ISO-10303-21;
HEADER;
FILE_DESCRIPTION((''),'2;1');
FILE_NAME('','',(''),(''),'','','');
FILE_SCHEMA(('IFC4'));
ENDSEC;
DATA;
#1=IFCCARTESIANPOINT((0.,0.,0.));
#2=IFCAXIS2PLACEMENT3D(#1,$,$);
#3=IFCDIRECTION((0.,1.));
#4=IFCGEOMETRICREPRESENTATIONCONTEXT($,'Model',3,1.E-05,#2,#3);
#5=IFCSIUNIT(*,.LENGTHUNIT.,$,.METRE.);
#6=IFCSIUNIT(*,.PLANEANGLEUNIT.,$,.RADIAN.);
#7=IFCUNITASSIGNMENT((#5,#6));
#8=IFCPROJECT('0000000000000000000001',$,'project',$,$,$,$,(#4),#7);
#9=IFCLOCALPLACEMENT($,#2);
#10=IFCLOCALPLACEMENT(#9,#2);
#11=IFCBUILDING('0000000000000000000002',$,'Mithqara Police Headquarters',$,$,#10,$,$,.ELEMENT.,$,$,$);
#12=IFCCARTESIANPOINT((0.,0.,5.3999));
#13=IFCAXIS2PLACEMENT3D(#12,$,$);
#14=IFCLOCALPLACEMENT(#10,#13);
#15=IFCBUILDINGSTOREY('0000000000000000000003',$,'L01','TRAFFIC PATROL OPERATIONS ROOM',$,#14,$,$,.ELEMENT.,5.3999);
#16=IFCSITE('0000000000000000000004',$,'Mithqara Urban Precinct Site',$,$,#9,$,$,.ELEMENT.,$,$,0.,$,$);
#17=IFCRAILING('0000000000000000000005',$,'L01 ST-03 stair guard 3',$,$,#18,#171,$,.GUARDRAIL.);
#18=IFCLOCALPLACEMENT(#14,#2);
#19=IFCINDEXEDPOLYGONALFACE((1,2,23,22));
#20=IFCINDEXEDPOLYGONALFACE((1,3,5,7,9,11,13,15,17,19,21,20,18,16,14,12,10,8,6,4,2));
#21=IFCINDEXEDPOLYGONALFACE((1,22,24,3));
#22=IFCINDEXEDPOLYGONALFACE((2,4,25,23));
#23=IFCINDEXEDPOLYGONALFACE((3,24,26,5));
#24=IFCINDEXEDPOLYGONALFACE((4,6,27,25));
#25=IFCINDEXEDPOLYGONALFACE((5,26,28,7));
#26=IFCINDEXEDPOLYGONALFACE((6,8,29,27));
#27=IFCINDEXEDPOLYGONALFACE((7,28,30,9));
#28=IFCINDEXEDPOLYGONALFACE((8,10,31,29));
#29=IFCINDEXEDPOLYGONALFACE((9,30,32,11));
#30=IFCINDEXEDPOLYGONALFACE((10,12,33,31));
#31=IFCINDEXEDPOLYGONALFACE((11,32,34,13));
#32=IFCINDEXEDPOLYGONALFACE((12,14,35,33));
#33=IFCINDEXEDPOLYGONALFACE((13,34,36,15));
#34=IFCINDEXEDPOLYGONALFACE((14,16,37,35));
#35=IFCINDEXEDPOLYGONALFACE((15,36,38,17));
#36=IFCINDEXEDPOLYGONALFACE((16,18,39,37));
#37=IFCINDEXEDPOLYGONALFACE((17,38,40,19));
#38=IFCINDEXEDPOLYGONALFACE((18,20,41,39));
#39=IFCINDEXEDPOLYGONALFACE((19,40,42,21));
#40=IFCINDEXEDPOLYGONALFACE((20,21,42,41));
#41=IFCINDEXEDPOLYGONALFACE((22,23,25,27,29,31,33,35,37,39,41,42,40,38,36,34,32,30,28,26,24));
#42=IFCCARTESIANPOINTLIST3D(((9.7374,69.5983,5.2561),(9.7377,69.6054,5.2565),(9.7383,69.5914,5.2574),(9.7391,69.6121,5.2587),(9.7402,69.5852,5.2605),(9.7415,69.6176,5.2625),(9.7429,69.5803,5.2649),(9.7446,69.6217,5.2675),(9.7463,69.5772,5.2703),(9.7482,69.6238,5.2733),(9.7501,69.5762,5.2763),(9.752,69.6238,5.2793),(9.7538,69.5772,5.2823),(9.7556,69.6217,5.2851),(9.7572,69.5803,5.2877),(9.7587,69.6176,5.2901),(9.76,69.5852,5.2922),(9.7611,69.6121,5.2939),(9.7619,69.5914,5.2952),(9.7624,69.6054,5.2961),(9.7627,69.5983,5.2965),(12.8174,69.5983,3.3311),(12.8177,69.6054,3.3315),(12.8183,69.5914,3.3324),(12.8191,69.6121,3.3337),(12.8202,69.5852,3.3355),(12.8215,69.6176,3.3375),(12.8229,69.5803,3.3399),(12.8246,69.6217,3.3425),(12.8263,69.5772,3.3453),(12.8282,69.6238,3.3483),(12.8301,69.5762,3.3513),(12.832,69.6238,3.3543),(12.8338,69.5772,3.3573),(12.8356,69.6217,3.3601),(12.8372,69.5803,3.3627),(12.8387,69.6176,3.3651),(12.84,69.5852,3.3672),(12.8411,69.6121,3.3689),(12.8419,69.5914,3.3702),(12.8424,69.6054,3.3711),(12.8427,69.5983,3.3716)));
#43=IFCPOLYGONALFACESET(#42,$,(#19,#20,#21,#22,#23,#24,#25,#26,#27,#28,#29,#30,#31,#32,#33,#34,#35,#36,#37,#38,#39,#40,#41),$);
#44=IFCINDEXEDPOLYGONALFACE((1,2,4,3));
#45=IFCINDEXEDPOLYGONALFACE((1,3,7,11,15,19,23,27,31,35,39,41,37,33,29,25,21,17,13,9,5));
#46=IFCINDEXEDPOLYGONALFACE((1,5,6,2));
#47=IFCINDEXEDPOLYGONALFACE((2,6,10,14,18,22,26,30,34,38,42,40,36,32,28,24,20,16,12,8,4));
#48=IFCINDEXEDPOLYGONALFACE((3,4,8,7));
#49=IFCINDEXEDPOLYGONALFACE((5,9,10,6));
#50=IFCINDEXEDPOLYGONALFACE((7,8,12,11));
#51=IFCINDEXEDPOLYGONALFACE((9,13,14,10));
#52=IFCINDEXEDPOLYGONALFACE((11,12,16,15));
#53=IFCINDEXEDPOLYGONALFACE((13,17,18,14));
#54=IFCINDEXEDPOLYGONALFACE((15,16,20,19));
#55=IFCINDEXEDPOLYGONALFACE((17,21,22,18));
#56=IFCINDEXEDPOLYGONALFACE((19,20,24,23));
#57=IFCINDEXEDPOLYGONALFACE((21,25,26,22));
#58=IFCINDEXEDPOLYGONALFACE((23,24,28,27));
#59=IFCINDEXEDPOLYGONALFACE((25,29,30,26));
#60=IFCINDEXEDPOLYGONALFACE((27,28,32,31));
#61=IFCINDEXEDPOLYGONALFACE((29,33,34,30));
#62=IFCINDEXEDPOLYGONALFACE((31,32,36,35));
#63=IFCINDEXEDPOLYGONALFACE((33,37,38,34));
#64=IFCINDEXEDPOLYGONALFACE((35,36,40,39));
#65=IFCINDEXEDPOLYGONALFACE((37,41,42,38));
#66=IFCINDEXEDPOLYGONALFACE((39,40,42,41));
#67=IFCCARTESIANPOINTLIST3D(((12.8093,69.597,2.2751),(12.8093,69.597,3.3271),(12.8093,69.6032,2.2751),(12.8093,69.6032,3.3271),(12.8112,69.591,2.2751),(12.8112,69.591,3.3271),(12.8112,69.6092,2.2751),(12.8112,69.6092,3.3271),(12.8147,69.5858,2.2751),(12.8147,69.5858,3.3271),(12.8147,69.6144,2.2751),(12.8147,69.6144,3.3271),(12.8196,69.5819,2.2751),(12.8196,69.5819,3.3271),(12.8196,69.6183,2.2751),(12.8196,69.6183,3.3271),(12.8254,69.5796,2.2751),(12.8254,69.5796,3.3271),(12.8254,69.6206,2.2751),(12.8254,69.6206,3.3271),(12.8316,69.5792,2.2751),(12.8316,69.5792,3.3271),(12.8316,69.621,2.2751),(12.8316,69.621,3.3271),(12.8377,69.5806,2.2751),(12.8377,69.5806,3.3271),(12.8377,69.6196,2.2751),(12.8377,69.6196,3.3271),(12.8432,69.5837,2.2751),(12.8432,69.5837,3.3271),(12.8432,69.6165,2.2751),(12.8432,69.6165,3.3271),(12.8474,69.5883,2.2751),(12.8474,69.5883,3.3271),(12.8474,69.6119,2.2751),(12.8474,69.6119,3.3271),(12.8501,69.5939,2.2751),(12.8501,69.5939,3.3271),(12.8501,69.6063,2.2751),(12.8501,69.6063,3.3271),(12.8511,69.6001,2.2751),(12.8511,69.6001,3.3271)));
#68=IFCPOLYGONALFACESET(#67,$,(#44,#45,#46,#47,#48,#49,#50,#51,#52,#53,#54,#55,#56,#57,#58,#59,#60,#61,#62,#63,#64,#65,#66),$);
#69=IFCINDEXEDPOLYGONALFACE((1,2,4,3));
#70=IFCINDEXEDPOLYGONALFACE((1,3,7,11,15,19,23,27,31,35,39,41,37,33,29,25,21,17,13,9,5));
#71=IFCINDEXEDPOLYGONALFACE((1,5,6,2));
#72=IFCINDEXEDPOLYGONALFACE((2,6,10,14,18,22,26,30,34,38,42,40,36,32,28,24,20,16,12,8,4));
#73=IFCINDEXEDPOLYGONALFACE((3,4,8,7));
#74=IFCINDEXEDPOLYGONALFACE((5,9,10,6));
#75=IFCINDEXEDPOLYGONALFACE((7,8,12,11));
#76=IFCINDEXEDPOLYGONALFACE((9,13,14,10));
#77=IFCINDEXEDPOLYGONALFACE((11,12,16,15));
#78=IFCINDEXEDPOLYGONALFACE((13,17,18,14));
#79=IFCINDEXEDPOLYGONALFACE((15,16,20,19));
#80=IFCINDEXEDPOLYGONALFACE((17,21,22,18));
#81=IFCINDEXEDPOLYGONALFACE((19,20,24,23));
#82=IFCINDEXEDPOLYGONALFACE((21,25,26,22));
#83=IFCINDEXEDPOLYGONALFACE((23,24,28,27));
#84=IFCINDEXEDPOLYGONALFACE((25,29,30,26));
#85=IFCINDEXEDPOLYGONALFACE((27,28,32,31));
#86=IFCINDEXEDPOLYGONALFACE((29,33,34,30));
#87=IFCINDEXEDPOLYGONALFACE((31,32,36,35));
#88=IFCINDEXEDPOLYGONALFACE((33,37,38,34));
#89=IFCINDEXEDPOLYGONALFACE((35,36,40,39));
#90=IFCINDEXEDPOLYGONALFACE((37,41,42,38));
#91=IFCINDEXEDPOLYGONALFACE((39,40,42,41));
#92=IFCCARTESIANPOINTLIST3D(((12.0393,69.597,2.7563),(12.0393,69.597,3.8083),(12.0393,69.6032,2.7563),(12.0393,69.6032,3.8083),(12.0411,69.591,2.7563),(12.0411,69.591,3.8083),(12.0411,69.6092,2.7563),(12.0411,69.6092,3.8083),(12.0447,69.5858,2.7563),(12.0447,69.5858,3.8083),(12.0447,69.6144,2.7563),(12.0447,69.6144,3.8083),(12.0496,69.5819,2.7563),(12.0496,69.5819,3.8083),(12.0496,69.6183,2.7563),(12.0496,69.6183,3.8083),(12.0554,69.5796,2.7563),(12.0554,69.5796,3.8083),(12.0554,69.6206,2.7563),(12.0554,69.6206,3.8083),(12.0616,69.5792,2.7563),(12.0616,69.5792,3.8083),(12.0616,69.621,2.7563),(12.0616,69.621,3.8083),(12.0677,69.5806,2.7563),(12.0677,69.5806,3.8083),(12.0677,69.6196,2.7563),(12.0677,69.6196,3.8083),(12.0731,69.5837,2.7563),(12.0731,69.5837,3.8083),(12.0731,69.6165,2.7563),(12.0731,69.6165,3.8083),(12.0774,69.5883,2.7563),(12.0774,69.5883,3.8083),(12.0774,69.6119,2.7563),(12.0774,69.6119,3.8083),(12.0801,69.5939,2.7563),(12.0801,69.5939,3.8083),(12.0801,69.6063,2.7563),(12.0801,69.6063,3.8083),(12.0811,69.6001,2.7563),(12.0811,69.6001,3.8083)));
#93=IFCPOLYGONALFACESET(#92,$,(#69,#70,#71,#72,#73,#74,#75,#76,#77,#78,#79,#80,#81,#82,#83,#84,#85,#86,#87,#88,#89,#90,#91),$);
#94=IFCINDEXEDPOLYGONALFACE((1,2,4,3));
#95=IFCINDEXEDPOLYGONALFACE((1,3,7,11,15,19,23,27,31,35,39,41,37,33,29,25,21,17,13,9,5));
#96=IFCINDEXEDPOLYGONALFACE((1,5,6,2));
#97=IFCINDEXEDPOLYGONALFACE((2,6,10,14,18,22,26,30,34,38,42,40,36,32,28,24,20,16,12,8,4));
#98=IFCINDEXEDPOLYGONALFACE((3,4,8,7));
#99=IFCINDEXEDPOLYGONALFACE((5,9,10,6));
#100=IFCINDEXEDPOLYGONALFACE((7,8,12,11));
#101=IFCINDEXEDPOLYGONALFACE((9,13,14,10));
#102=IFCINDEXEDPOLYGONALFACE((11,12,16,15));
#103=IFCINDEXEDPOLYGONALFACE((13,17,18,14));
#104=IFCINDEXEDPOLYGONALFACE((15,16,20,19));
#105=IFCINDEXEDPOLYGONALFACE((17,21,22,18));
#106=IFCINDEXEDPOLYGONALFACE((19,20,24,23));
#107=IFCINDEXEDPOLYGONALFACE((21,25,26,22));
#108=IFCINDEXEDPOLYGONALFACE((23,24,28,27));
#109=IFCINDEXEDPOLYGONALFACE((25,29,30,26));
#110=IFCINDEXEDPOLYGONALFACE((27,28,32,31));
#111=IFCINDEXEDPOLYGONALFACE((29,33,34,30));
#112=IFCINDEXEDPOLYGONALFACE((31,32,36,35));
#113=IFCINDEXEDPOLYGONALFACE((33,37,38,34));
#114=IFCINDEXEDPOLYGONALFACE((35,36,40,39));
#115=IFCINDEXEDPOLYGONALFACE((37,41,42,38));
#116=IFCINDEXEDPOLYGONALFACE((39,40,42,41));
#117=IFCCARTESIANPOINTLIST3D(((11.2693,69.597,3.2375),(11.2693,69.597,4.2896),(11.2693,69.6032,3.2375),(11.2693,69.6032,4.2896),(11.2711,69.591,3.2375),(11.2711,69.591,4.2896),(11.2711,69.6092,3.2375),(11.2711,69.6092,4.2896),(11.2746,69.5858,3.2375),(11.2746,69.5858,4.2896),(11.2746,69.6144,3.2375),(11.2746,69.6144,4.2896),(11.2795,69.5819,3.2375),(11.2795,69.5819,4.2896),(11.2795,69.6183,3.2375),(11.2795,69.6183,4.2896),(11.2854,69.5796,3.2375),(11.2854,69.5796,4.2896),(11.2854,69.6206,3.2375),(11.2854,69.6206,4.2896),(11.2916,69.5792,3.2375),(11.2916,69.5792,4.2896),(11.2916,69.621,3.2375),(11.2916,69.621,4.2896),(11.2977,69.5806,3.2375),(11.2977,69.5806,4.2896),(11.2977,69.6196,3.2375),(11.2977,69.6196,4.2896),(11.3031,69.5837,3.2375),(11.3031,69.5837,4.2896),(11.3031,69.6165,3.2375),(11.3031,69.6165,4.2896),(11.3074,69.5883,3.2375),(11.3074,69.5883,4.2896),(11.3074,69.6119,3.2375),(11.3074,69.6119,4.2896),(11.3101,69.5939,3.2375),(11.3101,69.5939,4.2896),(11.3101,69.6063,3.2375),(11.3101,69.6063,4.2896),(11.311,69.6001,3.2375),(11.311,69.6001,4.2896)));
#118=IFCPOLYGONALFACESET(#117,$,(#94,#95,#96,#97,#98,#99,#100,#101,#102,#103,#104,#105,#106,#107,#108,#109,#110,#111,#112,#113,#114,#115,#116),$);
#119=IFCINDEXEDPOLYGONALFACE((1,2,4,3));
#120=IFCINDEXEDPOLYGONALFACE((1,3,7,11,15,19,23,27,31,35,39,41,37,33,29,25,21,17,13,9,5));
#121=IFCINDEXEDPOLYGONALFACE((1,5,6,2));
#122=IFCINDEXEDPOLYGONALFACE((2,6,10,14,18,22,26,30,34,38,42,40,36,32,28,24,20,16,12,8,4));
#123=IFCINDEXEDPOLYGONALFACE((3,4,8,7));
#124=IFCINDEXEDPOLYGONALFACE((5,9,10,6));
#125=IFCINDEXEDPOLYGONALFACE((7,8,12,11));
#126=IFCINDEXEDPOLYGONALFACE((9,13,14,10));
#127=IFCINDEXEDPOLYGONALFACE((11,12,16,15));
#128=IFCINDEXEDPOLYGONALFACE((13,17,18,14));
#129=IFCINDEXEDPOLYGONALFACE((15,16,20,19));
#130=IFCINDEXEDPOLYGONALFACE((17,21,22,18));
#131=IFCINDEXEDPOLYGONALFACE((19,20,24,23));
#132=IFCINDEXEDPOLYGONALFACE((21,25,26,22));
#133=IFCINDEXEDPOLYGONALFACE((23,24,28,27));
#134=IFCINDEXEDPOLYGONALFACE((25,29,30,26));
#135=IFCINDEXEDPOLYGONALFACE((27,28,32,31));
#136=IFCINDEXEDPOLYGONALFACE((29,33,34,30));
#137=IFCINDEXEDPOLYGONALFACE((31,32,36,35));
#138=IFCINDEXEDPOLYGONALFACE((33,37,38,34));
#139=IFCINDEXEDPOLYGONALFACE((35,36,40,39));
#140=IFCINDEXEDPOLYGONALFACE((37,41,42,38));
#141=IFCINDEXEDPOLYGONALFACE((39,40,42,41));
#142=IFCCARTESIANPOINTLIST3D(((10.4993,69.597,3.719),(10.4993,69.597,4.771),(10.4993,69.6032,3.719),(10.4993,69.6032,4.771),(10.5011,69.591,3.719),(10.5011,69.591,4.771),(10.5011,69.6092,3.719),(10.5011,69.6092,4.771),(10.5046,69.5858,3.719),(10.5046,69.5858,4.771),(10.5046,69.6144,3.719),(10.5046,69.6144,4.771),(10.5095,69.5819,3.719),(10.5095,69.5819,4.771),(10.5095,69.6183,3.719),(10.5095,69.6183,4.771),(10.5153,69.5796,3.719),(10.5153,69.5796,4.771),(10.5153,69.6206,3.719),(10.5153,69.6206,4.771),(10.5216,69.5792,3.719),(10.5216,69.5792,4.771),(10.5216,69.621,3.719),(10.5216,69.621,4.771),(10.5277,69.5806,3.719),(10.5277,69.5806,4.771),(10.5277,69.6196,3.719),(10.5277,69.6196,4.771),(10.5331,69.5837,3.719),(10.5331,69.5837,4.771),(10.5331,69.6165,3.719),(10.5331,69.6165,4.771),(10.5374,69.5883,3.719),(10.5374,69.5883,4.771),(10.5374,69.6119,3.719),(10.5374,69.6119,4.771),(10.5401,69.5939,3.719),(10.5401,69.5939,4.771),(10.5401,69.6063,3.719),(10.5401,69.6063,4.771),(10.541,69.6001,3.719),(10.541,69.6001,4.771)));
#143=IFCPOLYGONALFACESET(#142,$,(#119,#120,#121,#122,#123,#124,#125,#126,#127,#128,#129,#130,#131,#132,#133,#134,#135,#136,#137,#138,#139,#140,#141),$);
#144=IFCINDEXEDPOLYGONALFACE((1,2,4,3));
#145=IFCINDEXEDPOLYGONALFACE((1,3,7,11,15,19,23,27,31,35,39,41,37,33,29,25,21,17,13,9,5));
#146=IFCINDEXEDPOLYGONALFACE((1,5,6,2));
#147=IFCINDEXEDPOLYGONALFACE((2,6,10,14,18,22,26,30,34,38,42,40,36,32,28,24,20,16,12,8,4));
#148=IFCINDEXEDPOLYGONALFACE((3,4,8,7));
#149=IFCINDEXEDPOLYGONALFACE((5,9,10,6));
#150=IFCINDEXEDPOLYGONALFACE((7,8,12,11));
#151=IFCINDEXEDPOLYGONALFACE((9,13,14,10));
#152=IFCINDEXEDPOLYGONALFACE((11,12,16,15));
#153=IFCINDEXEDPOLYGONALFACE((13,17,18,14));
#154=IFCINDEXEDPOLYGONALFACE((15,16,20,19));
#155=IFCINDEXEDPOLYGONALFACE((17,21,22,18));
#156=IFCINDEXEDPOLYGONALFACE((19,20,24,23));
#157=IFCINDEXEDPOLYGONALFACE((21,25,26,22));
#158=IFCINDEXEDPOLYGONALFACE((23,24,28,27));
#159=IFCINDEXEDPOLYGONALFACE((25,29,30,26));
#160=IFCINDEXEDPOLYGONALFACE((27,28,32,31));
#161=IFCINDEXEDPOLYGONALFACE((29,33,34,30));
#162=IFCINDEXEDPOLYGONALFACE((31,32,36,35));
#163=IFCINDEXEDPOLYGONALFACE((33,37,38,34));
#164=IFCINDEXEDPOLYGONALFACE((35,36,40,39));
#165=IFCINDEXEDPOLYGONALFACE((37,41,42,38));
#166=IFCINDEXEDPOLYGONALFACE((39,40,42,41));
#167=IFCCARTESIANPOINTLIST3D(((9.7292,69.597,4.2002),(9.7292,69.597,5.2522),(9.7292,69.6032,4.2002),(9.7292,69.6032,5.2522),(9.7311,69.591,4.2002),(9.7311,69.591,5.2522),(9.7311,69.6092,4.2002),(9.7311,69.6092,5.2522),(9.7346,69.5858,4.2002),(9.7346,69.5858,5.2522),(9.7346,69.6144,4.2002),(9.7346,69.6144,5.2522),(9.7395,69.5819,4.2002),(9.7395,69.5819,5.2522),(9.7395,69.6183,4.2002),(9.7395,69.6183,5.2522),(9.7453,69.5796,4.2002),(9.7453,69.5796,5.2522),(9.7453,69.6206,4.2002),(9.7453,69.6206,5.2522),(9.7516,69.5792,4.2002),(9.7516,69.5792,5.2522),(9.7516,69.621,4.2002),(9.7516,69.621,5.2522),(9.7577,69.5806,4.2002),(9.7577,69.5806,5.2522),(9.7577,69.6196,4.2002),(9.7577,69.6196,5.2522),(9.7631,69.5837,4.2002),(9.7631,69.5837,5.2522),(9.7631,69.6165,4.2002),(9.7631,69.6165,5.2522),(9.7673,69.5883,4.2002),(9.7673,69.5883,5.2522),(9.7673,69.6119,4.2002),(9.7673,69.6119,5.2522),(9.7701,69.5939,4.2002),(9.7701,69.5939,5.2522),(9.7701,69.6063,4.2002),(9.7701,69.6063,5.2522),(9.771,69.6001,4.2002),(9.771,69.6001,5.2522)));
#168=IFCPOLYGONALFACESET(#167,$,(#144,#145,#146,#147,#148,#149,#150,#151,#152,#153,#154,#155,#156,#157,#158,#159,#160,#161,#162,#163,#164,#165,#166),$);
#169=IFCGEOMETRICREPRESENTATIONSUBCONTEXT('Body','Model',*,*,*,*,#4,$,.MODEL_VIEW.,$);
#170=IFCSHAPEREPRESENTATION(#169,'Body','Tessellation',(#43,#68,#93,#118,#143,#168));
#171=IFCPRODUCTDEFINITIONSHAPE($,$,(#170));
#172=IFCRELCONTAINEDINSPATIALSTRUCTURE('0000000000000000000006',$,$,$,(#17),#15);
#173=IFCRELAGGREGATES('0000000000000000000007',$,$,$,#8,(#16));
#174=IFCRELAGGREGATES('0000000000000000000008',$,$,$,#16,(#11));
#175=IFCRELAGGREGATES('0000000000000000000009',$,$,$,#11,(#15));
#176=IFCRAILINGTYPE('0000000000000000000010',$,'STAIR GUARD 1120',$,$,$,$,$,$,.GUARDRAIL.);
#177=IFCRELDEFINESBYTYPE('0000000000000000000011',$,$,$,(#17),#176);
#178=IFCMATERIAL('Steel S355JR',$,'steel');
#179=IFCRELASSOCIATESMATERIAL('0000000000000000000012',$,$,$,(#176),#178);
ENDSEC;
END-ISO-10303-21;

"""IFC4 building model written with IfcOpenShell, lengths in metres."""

from ifc_helpers import new_model, si_unit, direction, frame, origin, origin_2d, place, context, subcontext, project, spatial, circle, extrude, material, type_object, element, save


model = new_model("IFC4")

# Units and contexts
model_context = context("Model", 3, precision=1e-05, world=origin(), true_north=direction((0.0, 1.0)))
body_context = subcontext(model_context, "Body", "Model", "MODEL_VIEW")
ifc_project = project(units=[si_unit("LENGTHUNIT", "METRE"), si_unit("PLANEANGLEUNIT", "RADIAN")], contexts=[model_context])

# Site, building, storey
site_placement = place(None, origin())
site = spatial("IfcSite", under=ifc_project, at=site_placement, Name="Mithqara Urban Precinct Site", CompositionType="ELEMENT", RefElevation=0.0)
building_placement = place(site_placement, origin())
building = spatial("IfcBuilding", under=site, at=building_placement, Name="Mithqara Police Headquarters", CompositionType="ELEMENT")
storey_placement = place(building_placement, frame((0.0, 0.0, 5.3999)))
storey = spatial("IfcBuildingStorey", under=building, at=storey_placement, Name="L01", Description="TRAFFIC PATROL OPERATIONS ROOM", CompositionType="ELEMENT", Elevation=5.3999)

# Shared definitions
ifc_material_1 = material(Name="Steel S355JR", Category="steel")

# Railing
railing_type_1 = type_object("IfcRailingType", Name="STAIR GUARD 1120", PredefinedType="GUARDRAIL", material=ifc_material_1)
railing_1_placement = place(storey_placement, frame((12.8301, 69.6001, 2.2751)))
element("IfcRailing", 1, at=railing_1_placement, inside=storey, type_object=railing_type_1, Name="L01 ST-03 stair guard 3", PredefinedType="GUARDRAIL", context=body_context, shape_type="SweptSolid", body=[
    extrude(circle(Radius=0.0239, at=origin_2d()), frame((0.0, 0.0, 1.0762), z_axis=(-0.847998, 0.0, 0.529999), x_axis=(0.0, -1.0, 0.0)), (0.0, 0.0, 1.0), 3.6321),
    extrude(circle(Radius=0.021, at=origin_2d()), origin(), (0.0, 0.0, 1.0), 1.052),
    extrude(circle(Radius=0.021, at=origin_2d()), frame((-0.77, 0.0, 0.4812)), (0.0, 0.0, 1.0), 1.052),
    extrude(circle(Radius=0.021, at=origin_2d()), frame((-1.54, 0.0, 0.9624)), (0.0, 0.0, 1.0), 1.052),
    extrude(circle(Radius=0.021, at=origin_2d()), frame((-2.3101, 0.0, 1.4438)), (0.0, 0.0, 1.0), 1.052),
    extrude(circle(Radius=0.021, at=origin_2d()), frame((-3.0801, 0.0, 1.925)), (0.0, 0.0, 1.0), 1.052),
])

save(model, "model.ifc")
